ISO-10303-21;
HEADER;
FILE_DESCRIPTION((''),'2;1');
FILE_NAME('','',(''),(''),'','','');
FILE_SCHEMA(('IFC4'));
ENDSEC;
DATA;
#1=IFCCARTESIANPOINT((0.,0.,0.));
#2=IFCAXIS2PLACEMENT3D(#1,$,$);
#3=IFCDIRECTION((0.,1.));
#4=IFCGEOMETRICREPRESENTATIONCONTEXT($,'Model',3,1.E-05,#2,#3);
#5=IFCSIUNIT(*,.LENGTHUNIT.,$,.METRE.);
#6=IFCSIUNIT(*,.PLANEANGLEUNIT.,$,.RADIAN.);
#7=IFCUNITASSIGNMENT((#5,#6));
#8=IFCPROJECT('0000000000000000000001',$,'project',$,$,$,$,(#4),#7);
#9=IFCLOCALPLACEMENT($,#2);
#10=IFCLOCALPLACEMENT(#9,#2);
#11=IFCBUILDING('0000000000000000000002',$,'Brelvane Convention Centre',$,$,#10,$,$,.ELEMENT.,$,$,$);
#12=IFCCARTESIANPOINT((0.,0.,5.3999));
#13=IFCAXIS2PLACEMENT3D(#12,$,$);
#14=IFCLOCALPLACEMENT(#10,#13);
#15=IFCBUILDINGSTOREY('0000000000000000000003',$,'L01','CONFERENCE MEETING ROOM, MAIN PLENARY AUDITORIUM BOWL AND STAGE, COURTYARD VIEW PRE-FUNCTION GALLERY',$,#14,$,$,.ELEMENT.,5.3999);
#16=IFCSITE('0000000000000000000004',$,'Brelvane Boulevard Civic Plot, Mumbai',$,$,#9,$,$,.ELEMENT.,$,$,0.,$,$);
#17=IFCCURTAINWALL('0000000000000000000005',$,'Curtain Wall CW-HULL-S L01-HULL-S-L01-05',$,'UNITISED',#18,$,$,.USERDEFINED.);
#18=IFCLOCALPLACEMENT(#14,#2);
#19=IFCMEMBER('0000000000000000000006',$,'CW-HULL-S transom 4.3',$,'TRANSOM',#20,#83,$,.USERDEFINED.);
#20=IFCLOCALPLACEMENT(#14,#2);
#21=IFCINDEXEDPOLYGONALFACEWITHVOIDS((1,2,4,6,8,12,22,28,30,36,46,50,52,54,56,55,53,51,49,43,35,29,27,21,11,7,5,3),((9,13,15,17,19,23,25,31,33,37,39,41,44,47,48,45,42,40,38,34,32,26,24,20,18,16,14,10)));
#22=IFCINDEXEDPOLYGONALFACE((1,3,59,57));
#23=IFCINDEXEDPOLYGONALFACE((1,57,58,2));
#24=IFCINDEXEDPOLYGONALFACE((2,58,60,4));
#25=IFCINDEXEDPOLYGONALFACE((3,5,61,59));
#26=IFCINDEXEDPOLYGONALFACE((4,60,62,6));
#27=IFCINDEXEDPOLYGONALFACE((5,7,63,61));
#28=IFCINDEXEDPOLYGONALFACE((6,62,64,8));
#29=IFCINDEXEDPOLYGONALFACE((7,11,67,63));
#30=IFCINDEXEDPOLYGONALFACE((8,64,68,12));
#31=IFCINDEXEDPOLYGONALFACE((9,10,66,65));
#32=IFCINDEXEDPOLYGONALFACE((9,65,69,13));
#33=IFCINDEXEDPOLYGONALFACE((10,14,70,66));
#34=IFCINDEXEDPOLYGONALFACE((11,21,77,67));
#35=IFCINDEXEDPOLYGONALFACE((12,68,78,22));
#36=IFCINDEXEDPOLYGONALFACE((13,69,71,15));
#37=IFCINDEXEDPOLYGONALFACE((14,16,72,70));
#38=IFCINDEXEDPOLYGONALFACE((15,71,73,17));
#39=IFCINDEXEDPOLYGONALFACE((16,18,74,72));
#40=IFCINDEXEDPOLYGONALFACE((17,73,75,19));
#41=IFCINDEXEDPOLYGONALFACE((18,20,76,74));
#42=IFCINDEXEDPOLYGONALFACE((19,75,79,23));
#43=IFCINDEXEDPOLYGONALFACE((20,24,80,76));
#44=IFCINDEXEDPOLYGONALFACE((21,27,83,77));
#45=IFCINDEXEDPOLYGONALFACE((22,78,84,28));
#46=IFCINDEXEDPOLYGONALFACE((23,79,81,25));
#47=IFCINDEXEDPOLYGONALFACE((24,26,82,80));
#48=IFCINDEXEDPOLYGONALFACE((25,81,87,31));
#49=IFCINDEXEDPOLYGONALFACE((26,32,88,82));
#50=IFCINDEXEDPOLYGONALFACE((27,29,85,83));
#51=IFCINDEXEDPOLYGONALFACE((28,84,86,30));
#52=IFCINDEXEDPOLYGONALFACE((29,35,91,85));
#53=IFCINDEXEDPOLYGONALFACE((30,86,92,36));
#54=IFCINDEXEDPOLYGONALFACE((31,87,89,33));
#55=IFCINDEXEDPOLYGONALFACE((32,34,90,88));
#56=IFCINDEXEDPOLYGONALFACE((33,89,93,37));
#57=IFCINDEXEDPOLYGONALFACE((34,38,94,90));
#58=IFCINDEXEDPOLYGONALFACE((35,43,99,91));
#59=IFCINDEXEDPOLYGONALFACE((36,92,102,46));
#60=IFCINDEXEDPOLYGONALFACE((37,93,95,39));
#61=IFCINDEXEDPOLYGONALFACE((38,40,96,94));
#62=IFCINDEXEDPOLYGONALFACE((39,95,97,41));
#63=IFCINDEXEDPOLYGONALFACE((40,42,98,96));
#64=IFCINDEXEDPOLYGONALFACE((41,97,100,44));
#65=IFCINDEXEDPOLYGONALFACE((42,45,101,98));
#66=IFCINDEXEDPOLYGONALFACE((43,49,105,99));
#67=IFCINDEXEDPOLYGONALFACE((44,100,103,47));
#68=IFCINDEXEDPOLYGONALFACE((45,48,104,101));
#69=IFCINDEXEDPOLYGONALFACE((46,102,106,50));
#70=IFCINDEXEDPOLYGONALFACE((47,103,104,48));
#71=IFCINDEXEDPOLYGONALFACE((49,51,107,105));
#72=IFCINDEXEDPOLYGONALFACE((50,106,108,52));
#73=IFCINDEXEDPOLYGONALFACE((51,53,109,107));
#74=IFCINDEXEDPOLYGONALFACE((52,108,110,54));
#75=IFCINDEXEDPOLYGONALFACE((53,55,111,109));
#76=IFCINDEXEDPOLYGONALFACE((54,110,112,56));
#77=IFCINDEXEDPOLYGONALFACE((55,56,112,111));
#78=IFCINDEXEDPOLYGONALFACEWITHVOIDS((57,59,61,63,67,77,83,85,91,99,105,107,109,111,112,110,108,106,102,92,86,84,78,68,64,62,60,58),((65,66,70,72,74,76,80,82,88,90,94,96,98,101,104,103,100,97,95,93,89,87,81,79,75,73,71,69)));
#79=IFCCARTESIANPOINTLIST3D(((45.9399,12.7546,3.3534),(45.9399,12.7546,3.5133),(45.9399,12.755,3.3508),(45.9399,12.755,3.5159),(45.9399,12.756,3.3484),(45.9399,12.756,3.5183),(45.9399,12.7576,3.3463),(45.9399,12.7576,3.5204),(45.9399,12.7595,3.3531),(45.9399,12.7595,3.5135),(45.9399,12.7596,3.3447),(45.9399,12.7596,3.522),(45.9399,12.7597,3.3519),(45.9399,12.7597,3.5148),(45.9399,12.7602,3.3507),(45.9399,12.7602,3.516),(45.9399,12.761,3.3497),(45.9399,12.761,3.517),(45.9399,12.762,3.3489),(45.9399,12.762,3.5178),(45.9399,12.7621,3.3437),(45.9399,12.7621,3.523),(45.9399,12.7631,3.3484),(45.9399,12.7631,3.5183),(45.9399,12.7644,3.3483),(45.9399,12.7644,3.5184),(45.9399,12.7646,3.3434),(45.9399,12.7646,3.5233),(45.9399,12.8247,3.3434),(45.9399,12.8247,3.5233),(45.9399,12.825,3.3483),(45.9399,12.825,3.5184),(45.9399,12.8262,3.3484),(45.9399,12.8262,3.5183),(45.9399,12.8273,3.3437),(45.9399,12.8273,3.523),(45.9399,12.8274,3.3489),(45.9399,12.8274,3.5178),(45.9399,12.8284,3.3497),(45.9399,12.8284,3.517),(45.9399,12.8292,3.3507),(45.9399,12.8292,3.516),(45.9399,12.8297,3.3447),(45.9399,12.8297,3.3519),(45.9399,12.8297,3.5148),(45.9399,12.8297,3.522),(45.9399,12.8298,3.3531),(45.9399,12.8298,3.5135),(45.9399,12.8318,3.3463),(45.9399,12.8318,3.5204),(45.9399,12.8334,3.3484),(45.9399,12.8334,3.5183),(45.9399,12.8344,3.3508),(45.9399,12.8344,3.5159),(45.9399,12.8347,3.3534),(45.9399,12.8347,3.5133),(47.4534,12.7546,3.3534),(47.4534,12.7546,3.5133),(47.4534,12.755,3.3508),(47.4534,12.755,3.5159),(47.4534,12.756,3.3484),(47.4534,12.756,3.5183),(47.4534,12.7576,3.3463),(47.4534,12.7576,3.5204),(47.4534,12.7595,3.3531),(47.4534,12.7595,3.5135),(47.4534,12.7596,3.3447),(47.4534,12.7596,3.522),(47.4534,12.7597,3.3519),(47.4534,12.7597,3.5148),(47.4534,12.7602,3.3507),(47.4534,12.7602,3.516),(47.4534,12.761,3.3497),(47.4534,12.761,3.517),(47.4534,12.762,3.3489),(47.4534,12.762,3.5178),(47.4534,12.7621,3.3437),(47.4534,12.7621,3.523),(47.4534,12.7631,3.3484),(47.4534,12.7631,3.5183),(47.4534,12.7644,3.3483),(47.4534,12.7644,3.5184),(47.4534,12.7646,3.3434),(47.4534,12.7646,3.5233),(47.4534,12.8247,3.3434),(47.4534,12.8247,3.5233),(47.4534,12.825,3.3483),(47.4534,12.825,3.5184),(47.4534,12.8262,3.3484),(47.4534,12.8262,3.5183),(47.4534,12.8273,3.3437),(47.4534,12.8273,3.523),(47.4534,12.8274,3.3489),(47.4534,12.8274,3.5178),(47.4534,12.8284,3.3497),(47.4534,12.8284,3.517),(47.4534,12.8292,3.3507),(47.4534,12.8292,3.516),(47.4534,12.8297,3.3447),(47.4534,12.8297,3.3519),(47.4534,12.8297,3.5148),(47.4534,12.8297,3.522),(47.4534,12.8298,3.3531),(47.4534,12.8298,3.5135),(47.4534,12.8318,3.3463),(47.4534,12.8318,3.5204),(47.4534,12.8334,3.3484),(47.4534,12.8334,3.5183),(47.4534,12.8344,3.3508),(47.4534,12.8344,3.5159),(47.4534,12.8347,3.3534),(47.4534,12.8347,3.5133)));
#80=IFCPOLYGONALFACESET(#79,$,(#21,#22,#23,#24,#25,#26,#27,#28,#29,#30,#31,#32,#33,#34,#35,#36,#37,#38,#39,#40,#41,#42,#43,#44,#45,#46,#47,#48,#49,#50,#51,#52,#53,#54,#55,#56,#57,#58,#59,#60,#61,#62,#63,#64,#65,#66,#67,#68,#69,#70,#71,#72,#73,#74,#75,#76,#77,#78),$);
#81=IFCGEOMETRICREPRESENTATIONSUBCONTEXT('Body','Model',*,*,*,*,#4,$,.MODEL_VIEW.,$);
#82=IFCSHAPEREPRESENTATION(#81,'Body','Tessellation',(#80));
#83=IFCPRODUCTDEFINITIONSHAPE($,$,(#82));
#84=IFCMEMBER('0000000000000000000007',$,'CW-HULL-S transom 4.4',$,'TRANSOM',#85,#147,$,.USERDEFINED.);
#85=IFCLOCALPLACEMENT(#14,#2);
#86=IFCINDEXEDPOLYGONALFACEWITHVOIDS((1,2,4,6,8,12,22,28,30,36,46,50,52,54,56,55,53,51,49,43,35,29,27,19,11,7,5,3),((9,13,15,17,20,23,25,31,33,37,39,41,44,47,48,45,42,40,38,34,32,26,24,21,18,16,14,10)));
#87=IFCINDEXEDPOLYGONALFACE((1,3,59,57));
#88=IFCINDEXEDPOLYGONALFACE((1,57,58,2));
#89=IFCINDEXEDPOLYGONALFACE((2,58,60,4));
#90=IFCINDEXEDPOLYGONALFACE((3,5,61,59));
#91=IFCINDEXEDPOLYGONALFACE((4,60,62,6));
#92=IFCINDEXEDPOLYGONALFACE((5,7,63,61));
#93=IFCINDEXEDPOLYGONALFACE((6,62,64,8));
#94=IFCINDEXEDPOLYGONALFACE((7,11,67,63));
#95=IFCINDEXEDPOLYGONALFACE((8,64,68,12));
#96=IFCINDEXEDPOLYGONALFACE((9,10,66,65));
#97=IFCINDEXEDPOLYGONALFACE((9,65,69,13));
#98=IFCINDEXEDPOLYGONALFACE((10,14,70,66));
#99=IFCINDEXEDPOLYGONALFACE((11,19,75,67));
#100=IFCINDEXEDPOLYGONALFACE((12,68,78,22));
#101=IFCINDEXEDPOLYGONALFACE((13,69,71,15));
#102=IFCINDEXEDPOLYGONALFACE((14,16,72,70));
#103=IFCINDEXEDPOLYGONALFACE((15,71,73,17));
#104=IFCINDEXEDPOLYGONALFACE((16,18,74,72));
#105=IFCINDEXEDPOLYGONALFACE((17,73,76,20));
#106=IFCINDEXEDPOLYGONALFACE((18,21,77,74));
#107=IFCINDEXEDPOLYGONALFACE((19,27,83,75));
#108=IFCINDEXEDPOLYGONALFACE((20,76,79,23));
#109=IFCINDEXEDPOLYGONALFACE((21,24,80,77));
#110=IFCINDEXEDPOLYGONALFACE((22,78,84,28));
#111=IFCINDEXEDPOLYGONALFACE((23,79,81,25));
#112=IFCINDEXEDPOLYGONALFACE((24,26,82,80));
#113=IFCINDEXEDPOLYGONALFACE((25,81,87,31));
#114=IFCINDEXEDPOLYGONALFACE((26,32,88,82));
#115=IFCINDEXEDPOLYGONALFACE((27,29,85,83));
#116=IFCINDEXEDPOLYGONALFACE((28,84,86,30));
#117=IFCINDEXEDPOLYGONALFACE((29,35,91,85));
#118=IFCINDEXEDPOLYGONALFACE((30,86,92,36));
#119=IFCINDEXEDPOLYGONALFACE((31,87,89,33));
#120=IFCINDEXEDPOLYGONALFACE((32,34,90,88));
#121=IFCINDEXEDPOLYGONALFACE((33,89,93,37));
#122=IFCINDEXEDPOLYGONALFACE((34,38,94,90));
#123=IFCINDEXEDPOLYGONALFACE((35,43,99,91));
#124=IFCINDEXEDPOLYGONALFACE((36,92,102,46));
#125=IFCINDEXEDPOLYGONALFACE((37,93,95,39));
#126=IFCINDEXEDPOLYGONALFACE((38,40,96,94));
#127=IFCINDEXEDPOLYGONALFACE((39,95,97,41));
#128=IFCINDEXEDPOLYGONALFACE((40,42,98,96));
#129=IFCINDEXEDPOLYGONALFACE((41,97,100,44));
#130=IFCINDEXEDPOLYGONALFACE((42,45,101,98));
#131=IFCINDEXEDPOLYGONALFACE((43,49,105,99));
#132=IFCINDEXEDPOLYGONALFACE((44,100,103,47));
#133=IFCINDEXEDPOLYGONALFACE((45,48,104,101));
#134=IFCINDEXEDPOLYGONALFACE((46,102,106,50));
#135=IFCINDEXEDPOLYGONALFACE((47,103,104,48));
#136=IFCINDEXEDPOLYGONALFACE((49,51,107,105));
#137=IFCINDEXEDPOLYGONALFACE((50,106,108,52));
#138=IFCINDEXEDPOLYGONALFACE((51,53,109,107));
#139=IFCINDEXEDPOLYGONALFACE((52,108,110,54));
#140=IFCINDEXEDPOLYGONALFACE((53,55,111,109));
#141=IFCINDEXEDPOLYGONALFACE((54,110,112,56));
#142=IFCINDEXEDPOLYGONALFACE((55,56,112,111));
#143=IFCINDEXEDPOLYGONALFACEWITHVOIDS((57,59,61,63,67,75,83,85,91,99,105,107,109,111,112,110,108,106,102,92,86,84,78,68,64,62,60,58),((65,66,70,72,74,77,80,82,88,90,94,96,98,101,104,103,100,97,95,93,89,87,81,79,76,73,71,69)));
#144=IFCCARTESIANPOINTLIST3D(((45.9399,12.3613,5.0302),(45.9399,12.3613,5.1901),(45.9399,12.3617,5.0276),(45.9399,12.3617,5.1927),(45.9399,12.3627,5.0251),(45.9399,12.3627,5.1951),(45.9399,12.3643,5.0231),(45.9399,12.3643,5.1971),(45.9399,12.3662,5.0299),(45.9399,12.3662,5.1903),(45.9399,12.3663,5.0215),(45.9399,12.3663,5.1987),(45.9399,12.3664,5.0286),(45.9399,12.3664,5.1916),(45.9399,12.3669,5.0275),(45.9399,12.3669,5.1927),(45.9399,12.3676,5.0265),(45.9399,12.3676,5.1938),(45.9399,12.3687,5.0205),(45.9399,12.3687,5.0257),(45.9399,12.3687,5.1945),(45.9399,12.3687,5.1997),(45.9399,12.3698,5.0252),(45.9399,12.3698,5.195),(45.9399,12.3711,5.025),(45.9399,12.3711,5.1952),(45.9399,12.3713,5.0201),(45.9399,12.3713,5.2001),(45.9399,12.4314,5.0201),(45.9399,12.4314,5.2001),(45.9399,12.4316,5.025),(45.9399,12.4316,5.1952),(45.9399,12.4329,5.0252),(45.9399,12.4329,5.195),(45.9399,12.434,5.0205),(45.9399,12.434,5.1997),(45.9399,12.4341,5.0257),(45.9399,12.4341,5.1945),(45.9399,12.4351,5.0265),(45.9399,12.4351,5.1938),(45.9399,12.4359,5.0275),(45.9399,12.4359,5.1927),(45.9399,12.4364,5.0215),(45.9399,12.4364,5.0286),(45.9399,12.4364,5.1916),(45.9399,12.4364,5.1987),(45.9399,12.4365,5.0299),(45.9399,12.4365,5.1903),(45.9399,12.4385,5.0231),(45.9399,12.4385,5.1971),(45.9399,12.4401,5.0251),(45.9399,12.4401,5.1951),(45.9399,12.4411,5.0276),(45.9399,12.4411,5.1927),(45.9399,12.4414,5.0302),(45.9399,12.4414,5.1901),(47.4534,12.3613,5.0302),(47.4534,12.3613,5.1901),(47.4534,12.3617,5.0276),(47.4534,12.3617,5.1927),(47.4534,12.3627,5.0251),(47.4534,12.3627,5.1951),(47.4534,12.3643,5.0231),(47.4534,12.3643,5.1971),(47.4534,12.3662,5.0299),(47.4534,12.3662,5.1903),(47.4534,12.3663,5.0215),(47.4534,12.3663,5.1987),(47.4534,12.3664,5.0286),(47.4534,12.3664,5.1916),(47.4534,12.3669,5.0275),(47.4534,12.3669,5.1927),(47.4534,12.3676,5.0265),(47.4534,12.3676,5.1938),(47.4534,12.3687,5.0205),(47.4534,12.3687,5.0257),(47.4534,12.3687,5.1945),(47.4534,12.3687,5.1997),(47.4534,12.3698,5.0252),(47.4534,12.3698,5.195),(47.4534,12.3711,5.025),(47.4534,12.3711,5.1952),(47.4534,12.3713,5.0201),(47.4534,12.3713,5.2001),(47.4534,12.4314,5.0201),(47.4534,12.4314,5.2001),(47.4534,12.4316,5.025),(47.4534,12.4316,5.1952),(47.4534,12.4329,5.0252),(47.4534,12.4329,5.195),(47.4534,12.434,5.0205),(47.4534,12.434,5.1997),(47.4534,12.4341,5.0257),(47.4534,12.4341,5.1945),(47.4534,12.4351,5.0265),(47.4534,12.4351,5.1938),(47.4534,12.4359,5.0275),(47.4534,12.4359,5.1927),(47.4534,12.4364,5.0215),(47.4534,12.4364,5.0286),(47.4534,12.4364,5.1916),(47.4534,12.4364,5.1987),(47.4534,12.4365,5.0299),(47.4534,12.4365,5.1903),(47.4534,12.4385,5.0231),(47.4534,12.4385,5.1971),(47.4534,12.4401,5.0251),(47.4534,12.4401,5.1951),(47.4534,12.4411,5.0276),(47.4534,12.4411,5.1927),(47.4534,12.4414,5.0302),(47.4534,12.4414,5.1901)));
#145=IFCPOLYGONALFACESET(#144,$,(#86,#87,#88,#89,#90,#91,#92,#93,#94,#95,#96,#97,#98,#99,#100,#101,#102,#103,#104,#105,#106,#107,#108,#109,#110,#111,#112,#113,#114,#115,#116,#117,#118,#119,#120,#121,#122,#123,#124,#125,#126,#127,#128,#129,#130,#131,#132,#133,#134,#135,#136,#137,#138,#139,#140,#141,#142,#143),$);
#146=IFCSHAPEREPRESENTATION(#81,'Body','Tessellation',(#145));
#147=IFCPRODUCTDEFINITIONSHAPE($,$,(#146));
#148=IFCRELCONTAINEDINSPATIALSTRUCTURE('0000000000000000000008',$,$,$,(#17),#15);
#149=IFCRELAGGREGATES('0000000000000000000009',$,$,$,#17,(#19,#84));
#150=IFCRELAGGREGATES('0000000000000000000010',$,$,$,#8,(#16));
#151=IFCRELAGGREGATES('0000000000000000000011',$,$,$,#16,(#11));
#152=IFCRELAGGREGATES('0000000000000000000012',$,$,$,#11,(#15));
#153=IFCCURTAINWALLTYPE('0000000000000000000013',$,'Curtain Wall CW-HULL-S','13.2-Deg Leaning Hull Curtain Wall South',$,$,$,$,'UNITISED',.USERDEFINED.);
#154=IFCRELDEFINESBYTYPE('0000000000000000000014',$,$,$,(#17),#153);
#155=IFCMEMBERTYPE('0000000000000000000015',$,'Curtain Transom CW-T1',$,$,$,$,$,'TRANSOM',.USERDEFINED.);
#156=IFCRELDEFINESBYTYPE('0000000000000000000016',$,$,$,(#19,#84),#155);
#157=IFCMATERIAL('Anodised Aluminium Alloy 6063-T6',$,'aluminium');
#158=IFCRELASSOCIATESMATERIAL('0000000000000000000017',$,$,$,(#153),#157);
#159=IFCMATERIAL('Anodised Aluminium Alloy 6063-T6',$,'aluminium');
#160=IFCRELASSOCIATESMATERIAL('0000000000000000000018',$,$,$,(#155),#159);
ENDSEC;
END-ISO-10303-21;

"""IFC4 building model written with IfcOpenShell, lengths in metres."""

from ifc_helpers import new_model, si_unit, direction, frame, origin, origin_2d, place, context, subcontext, project, spatial, hollow_rectangle, extrude, material, material_profile, profile_set, type_object, element, aggregate, save


model = new_model("IFC4")

# Units and contexts
model_context = context("Model", 3, precision=1e-05, world=origin(), true_north=direction((0.0, 1.0)))
body_context = subcontext(model_context, "Body", "Model", "MODEL_VIEW")
ifc_project = project(units=[si_unit("LENGTHUNIT", "METRE"), si_unit("PLANEANGLEUNIT", "RADIAN")], contexts=[model_context])

# Site, building, storey
site_placement = place(None, origin())
site = spatial("IfcSite", under=ifc_project, at=site_placement, Name="Brelvane Boulevard Civic Plot, Mumbai", CompositionType="ELEMENT", RefElevation=0.0)
building_placement = place(site_placement, origin())
building = spatial("IfcBuilding", under=site, at=building_placement, Name="Brelvane Convention Centre", CompositionType="ELEMENT")
storey_placement = place(building_placement, frame((0.0, 0.0, 5.3999)))
storey = spatial("IfcBuildingStorey", under=building, at=storey_placement, Name="L01", Description="CONFERENCE MEETING ROOM, MAIN PLENARY AUDITORIUM BOWL AND STAGE, COURTYARD VIEW PRE-FUNCTION GALLERY", CompositionType="ELEMENT", Elevation=5.3999)

# Curtain wall, members
ifc_material_1 = material(Name="Anodised Aluminium Alloy 6063-T6", Category="aluminium")
curtain_wall_type = type_object("IfcCurtainWallType", Name="Curtain Wall CW-HULL-S", Description="13.2-Deg Leaning Hull Curtain Wall South", ElementType="UNITISED", PredefinedType="USERDEFINED", material=ifc_material_1)
curtain_wall_1_placement = place(storey_placement, origin())
curtain_wall_1 = element("IfcCurtainWall", 1, at=curtain_wall_1_placement, inside=storey, type_object=curtain_wall_type, Name="Curtain Wall CW-HULL-S L01-HULL-S-L01-05", ObjectType="UNITISED", PredefinedType="USERDEFINED")
ifc_material_2 = material(Name="Anodised Aluminium Alloy 6063-T6", Category="aluminium")
ifc_material_profile = material_profile(ifc_material_2, hollow_rectangle(XDim=0.0801, YDim=0.1799, WallThickness=0.0049, InnerFilletRadius=0.0049, OuterFilletRadius=0.01, at=origin_2d()), Name="ALU-T 180x80x5.0")
ifc_profile_set = profile_set([ifc_material_profile], Name="Anodised Aluminium Alloy 6063-T6")
member_type = type_object("IfcMemberType", Name="Curtain Transom CW-T1", ElementType="TRANSOM", PredefinedType="USERDEFINED", material=ifc_profile_set)
member_1_placement = place(storey_placement, frame((45.9399, 12.7947, 3.4333), z_axis=(1.0, 0.0, 0.0), x_axis=(0.0, 1.0, 0.0)))
member_1 = element("IfcMember", 2, at=member_1_placement, type_object=member_type, Name="CW-HULL-S transom 4.3", ObjectType="TRANSOM", PredefinedType="USERDEFINED", context=body_context, shape_type="SweptSolid", body=[
    extrude(hollow_rectangle(XDim=0.0801, YDim=0.1799, WallThickness=0.0049, InnerFilletRadius=0.0049, OuterFilletRadius=0.01, at=origin_2d()), origin(), (0.0, 0.0, 1.0), 1.5134),
])
member_2_placement = place(storey_placement, frame((45.9399, 12.4014, 5.1101), z_axis=(1.0, 0.0, 0.0), x_axis=(0.0, 1.0, 0.0)))
member_2 = element("IfcMember", 3, at=member_2_placement, type_object=member_type, Name="CW-HULL-S transom 4.4", ObjectType="TRANSOM", PredefinedType="USERDEFINED", context=body_context, shape_type="SweptSolid", body=[
    extrude(hollow_rectangle(XDim=0.0801, YDim=0.1799, WallThickness=0.0049, InnerFilletRadius=0.0049, OuterFilletRadius=0.01, at=origin_2d()), origin(), (0.0, 0.0, 1.0), 1.5134),
])

aggregate(curtain_wall_1, [member_1, member_2])

save(model, "model.ifc")
